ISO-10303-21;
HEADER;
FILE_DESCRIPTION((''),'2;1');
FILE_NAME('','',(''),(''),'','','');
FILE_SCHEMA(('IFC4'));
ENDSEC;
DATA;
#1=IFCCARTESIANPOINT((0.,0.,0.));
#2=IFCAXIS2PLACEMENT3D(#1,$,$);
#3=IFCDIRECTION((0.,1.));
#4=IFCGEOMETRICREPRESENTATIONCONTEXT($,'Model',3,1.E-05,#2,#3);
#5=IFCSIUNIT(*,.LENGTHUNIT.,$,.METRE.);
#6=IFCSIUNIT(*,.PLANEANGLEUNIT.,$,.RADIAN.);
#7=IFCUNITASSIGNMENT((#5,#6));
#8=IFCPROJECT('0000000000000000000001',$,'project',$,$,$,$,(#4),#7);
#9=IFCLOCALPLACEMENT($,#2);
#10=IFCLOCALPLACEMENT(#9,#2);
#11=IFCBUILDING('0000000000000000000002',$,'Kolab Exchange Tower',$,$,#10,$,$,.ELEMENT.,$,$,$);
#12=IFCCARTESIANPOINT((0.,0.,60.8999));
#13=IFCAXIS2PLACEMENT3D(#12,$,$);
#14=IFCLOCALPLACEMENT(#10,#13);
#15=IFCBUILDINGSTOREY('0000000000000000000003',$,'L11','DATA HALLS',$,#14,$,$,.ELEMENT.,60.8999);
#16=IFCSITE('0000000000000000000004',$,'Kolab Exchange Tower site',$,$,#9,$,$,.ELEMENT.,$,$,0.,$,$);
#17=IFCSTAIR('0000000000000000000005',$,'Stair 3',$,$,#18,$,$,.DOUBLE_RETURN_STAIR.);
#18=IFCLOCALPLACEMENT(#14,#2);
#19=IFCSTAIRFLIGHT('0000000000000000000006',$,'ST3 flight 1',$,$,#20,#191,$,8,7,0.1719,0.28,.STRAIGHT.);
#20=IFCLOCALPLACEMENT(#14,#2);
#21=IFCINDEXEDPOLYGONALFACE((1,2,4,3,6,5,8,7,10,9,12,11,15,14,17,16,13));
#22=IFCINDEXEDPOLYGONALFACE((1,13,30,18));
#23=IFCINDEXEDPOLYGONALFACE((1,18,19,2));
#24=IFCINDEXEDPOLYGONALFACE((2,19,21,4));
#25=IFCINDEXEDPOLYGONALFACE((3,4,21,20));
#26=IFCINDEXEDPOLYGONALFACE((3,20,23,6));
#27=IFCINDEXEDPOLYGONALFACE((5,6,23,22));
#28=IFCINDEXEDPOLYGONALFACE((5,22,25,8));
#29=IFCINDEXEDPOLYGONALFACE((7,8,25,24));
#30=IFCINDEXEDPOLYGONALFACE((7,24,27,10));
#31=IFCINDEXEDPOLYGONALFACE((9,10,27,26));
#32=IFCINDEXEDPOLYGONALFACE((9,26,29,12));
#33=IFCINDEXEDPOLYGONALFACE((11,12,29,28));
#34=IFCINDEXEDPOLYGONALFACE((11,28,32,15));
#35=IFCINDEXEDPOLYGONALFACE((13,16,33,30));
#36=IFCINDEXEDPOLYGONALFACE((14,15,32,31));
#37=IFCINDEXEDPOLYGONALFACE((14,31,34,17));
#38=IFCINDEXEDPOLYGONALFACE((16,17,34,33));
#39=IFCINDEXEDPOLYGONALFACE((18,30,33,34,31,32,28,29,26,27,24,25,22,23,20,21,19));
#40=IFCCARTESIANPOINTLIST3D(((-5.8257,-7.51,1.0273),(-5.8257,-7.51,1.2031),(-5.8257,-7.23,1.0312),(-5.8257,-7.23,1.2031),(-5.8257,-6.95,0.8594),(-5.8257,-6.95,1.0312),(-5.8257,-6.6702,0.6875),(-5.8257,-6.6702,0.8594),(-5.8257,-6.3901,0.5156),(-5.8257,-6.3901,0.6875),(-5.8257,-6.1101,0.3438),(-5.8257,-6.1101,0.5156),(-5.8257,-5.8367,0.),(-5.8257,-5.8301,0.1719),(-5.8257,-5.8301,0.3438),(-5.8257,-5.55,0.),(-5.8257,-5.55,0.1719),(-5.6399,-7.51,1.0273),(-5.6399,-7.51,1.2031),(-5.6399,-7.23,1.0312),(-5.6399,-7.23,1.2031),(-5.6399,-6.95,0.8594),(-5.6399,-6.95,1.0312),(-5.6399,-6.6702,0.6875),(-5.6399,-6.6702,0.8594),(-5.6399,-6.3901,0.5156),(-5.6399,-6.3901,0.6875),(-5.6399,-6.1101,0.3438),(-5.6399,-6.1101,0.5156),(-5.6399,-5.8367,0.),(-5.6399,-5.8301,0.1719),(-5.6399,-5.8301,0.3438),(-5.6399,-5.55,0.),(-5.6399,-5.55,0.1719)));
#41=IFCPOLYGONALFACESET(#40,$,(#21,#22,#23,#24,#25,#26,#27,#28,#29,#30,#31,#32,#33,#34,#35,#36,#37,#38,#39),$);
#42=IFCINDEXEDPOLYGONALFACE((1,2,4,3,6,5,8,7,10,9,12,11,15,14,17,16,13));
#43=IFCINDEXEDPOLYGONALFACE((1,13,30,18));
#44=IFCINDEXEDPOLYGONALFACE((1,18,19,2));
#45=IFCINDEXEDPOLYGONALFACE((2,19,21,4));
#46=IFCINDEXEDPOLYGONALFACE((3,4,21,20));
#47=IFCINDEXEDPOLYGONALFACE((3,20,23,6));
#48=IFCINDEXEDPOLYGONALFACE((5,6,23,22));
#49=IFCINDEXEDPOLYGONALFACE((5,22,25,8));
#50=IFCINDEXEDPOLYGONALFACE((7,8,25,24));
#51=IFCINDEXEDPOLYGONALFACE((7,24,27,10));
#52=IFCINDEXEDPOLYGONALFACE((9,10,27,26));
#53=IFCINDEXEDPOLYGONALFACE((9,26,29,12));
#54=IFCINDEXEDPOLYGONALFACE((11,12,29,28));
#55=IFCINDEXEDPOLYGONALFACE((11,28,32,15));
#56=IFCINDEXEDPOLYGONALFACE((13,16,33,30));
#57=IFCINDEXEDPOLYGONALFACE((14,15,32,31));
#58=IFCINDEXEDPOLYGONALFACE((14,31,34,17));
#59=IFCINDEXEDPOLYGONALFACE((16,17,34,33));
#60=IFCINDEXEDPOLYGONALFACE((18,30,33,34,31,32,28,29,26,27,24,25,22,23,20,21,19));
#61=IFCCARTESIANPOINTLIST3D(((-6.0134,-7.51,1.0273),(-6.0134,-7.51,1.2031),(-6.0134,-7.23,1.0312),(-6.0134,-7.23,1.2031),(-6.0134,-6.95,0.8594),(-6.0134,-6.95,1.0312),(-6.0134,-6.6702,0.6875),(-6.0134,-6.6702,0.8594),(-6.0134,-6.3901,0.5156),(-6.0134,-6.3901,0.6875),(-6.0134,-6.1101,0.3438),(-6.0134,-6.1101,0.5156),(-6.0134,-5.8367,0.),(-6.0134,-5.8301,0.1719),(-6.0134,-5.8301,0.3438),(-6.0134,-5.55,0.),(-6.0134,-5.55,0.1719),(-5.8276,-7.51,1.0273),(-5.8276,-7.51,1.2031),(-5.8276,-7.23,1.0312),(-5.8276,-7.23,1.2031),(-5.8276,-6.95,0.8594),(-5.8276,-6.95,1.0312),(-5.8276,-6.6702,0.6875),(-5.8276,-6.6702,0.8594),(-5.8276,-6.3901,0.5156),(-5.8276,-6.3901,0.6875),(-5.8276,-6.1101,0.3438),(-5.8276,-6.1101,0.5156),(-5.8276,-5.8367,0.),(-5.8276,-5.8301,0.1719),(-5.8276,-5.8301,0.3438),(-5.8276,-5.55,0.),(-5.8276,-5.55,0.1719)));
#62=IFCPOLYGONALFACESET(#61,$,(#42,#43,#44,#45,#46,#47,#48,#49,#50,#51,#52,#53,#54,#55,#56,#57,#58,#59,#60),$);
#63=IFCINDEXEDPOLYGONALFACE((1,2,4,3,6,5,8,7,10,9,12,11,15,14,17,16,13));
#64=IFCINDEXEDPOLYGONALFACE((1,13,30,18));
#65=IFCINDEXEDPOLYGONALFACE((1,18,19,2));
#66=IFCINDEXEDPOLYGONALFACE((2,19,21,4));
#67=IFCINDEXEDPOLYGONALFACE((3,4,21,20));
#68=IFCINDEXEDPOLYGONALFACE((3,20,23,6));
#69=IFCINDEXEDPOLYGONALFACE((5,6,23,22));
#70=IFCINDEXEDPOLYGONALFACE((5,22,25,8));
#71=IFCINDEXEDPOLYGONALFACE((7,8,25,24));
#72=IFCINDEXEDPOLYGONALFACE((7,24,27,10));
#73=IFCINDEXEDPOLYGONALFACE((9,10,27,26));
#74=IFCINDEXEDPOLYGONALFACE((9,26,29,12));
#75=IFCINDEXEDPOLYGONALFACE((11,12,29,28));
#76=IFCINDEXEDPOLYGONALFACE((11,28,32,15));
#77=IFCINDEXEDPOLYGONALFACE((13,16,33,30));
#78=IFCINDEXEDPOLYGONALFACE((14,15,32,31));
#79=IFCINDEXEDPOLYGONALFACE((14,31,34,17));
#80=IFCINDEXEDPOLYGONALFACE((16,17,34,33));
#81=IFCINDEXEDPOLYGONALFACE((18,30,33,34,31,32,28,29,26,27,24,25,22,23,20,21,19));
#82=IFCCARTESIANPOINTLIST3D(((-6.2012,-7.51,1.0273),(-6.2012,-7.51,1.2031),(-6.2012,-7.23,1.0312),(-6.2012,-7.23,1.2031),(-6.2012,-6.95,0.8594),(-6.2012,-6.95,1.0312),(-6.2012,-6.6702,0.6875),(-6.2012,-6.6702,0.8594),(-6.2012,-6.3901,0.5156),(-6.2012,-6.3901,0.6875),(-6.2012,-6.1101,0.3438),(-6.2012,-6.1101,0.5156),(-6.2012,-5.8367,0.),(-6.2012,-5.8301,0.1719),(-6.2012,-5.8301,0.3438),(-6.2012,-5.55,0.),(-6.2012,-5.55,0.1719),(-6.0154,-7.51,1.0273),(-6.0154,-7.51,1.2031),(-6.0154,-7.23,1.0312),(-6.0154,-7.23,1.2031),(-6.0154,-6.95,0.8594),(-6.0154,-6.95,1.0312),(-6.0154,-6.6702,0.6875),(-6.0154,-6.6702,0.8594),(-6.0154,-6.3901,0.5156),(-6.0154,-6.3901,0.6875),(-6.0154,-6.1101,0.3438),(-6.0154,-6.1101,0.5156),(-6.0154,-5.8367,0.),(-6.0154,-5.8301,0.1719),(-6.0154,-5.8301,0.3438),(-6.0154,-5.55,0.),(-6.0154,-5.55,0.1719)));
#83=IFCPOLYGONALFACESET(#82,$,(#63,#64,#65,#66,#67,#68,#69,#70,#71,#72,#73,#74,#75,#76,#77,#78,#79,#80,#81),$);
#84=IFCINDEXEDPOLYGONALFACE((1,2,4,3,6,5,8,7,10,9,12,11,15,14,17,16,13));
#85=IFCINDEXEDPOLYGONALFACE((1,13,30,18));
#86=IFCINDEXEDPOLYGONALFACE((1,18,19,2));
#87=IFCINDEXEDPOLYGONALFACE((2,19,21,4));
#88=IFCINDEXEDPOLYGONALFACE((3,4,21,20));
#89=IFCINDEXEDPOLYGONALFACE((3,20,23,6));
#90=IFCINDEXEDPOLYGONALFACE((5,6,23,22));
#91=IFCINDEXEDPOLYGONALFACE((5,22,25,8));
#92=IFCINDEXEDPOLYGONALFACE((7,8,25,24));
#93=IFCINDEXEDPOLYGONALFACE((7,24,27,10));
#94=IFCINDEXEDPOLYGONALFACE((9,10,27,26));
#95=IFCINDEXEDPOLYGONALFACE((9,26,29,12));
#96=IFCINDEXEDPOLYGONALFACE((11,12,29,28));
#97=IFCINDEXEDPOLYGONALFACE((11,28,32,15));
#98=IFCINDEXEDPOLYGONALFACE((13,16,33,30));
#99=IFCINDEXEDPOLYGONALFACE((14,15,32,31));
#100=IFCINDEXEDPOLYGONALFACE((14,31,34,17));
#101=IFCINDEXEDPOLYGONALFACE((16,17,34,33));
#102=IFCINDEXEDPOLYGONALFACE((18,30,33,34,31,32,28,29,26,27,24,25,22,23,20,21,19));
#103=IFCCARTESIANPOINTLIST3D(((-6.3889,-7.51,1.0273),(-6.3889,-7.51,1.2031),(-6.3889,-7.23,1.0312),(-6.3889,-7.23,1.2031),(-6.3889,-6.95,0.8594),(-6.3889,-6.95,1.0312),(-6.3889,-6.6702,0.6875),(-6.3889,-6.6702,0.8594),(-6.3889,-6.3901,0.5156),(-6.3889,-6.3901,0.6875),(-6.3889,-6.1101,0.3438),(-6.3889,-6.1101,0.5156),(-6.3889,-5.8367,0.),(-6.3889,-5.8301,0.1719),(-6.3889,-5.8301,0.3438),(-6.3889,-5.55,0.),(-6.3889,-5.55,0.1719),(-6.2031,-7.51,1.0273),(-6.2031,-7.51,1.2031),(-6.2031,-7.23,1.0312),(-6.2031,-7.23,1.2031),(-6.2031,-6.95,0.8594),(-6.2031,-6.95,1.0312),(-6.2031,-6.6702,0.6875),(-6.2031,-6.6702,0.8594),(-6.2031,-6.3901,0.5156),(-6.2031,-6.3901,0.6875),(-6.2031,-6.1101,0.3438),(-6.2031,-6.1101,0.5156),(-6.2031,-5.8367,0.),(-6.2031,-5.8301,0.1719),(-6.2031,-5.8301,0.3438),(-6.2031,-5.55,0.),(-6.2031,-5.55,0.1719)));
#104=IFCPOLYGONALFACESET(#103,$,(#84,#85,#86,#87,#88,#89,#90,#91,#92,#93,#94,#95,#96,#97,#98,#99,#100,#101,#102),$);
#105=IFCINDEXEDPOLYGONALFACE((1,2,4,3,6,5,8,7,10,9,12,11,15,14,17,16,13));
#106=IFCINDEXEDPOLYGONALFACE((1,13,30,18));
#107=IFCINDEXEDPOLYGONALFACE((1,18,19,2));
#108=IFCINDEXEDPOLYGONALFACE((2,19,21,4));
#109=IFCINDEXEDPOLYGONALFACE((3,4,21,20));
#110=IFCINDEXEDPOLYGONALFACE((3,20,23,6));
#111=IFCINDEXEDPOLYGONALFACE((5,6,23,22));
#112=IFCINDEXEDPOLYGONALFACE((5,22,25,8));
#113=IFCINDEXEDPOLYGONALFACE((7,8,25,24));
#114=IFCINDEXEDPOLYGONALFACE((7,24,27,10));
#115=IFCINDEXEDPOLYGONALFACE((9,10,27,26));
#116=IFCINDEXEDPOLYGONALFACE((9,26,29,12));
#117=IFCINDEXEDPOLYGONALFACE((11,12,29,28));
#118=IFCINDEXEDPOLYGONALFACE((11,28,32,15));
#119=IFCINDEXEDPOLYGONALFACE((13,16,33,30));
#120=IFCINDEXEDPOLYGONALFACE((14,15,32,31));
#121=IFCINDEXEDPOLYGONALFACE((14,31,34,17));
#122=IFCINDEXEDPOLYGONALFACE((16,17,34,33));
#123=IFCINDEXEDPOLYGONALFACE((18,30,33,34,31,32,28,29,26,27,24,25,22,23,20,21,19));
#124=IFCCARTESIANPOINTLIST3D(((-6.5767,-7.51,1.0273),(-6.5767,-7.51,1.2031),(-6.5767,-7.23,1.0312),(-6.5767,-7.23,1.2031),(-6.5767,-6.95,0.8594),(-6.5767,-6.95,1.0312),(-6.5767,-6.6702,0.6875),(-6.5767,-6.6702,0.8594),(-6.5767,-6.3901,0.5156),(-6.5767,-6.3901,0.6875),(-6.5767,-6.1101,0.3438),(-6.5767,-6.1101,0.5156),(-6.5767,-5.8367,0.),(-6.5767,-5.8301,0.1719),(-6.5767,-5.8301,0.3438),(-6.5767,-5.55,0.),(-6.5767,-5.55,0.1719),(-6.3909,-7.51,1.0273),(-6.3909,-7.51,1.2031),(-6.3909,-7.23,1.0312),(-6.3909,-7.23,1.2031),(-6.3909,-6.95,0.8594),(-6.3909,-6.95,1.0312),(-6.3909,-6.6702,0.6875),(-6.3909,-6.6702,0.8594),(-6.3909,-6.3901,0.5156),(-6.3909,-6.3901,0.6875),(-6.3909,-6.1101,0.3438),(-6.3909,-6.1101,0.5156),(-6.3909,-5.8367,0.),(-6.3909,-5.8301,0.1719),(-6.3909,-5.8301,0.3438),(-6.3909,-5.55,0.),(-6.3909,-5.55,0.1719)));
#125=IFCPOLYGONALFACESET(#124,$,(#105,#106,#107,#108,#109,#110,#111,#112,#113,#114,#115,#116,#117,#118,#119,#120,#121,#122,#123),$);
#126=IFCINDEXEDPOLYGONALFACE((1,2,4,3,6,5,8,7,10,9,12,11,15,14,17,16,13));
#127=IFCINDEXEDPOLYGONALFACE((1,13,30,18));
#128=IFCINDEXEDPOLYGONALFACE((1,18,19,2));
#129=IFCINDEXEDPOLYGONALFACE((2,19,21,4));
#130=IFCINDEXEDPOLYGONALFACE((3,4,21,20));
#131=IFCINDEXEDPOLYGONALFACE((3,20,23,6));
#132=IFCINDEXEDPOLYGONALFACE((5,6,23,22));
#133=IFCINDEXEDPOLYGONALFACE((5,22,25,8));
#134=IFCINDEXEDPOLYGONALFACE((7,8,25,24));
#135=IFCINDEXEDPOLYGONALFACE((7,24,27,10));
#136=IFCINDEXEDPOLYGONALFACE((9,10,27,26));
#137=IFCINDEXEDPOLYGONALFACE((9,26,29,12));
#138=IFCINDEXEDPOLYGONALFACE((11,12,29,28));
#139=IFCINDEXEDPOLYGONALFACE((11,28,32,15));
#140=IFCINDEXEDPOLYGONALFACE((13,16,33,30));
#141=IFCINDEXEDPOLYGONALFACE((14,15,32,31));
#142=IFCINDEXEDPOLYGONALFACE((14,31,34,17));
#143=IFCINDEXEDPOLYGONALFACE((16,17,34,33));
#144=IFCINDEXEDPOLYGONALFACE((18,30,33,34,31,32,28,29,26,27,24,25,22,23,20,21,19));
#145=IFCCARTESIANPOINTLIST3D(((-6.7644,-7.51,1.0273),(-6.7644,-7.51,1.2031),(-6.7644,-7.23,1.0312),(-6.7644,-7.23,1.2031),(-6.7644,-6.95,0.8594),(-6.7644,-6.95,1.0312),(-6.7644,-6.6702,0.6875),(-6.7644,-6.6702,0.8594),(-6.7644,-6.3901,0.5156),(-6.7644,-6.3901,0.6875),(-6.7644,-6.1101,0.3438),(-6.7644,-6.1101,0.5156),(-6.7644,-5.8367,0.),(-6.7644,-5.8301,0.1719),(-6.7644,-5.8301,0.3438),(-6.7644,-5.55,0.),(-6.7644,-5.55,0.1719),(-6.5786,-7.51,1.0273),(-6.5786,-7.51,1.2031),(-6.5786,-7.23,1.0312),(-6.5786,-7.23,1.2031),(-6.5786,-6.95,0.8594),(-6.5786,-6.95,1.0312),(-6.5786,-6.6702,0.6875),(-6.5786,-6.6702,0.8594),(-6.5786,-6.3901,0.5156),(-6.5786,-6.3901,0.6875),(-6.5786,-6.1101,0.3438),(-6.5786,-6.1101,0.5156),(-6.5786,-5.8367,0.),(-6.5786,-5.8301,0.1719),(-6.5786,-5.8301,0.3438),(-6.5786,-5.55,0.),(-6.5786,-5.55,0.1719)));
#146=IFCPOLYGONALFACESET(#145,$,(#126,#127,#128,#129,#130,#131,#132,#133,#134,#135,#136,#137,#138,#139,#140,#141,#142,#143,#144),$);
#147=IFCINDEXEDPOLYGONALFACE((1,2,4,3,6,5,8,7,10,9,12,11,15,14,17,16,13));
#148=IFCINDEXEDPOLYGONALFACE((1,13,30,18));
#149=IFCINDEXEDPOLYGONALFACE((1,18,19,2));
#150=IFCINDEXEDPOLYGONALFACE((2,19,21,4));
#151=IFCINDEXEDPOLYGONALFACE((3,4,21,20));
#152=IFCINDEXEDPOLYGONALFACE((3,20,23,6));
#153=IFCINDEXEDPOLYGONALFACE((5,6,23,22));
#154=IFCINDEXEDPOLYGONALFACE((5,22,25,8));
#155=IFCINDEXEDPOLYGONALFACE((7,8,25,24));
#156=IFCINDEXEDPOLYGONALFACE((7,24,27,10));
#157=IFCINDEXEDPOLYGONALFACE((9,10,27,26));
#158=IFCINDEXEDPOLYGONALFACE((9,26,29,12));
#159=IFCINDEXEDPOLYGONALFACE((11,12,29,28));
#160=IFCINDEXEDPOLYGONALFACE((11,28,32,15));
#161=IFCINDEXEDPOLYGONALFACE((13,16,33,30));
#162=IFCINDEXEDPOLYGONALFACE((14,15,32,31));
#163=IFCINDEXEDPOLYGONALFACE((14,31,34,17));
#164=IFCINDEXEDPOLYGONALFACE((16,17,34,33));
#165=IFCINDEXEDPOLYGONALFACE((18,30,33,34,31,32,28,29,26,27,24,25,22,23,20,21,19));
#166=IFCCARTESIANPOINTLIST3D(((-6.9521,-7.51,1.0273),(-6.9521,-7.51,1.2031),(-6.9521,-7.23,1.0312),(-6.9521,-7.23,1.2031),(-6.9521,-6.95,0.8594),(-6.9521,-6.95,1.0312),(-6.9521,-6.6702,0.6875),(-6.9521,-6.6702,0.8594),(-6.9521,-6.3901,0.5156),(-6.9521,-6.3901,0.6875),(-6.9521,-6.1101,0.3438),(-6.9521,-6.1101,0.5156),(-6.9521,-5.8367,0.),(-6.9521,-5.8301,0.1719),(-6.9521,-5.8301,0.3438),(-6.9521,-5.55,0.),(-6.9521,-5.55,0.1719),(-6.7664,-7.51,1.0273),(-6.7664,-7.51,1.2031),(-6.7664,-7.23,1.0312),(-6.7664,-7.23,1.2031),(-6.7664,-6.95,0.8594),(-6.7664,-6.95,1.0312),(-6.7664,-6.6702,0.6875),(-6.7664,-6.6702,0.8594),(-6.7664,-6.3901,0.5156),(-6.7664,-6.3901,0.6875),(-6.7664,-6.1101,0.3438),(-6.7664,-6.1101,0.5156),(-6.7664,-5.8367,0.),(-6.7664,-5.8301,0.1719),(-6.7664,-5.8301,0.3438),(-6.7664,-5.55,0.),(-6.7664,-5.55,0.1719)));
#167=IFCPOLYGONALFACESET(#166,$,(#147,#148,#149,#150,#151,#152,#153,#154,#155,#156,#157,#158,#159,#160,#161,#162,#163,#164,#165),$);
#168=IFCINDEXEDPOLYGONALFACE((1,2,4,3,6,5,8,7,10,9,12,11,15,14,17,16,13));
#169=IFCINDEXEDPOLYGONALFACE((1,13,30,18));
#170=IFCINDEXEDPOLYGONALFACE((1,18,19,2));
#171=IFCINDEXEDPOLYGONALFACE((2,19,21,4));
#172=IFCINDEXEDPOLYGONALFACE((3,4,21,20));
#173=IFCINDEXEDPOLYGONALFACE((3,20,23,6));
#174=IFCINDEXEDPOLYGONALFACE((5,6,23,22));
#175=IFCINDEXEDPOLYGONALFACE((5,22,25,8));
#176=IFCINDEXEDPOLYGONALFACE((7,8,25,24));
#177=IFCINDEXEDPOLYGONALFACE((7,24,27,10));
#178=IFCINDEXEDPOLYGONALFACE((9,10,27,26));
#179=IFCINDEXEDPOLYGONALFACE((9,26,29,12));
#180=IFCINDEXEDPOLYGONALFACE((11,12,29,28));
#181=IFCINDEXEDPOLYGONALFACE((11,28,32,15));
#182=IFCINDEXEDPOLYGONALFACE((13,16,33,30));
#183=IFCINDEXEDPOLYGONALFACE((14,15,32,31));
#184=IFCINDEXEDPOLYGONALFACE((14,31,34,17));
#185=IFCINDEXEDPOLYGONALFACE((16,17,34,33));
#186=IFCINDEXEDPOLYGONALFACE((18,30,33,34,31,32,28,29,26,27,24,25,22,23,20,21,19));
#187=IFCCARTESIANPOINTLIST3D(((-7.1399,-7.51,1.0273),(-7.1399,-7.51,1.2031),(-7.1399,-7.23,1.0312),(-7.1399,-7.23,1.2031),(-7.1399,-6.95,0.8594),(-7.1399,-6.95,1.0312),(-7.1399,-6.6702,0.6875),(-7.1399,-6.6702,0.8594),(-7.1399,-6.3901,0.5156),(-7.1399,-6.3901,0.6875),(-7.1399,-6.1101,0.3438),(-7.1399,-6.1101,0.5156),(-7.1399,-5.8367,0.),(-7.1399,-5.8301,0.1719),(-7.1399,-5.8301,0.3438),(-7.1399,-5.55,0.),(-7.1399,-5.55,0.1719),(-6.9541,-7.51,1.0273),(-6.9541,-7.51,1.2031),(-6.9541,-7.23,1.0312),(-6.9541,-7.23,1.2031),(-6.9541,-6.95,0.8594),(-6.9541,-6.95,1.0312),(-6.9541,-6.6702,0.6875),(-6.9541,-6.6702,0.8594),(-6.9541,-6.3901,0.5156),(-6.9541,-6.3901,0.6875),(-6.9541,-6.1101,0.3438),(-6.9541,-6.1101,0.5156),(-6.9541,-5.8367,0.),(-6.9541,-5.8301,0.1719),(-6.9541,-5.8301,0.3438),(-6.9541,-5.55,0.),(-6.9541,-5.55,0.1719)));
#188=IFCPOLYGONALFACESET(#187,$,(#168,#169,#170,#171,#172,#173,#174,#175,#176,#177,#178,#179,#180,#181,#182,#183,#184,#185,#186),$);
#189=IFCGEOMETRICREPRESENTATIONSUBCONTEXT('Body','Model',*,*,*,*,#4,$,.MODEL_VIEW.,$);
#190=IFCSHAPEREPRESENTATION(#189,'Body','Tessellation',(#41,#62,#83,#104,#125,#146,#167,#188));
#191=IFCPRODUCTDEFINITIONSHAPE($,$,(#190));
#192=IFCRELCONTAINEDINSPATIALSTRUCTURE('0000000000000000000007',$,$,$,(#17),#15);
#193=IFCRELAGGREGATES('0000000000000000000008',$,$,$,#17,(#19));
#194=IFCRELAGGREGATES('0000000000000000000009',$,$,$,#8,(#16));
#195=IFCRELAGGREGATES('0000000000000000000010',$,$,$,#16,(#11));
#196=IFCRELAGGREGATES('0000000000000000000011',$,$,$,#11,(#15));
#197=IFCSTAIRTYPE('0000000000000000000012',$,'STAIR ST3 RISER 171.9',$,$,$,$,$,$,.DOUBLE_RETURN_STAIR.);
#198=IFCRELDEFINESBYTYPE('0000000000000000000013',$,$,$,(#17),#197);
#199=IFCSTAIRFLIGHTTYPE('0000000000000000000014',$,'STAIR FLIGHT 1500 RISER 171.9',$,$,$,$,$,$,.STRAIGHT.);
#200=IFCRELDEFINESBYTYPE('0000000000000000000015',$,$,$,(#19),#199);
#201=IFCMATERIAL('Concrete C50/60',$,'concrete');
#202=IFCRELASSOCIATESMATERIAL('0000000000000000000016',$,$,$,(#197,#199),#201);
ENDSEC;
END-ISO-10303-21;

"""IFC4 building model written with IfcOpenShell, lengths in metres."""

from ifc_helpers import new_model, si_unit, direction, frame, origin, place, context, subcontext, project, spatial, polyline, outline, extrude, material, type_object, element, aggregate, save


model = new_model("IFC4")

# Units and contexts
model_context = context("Model", 3, precision=1e-05, world=origin(), true_north=direction((0.0, 1.0)))
body_context = subcontext(model_context, "Body", "Model", "MODEL_VIEW")
ifc_project = project(units=[si_unit("LENGTHUNIT", "METRE"), si_unit("PLANEANGLEUNIT", "RADIAN")], contexts=[model_context])

# Site, building, storey
site_placement = place(None, origin())
site = spatial("IfcSite", under=ifc_project, at=site_placement, Name="Kolab Exchange Tower site", CompositionType="ELEMENT", RefElevation=0.0)
building_placement = place(site_placement, origin())
building = spatial("IfcBuilding", under=site, at=building_placement, Name="Kolab Exchange Tower", CompositionType="ELEMENT")
storey_placement = place(building_placement, frame((0.0, 0.0, 60.8999)))
storey = spatial("IfcBuildingStorey", under=building, at=storey_placement, Name="L11", Description="DATA HALLS", CompositionType="ELEMENT", Elevation=60.8999)

# Shared definitions
ifc_material_1 = material(Name="Concrete C50/60", Category="concrete")

# Stair, stair flight
stair_type = type_object("IfcStairType", Name="STAIR ST3 RISER 171.9", PredefinedType="DOUBLE_RETURN_STAIR", material=ifc_material_1)
stair_placement = place(storey_placement, origin())
stair = element("IfcStair", 1, at=stair_placement, inside=storey, type_object=stair_type, Name="Stair 3", PredefinedType="DOUBLE_RETURN_STAIR")
stair_flight_type = type_object("IfcStairFlightType", Name="STAIR FLIGHT 1500 RISER 171.9", PredefinedType="STRAIGHT", material=ifc_material_1)
stair_flight_1_placement = place(storey_placement, frame((-6.3899, -5.55, 0.0), z_axis=(0.0, 0.0, 1.0), x_axis=(0.0, -1.0, 0.0)))
stair_flight_1 = element("IfcStairFlight", 2, at=stair_flight_1_placement, type_object=stair_flight_type, Name="ST3 flight 1", NumberOfRisers=8, NumberOfTreads=7, PredefinedType="STRAIGHT", RiserHeight=0.1719, TreadLength=0.28, context=body_context, shape_type="SweptSolid", body=[
    extrude(outline(polyline([(0.0, 0.0), (0.0, 0.1719), (0.28, 0.1719), (0.28, 0.3438), (0.5601, 0.3438), (0.5601, 0.5156), (0.8401, 0.5156), (0.8401, 0.6875), (1.1201, 0.6875), (1.1201, 0.8594), (1.3999, 0.8594), (1.3999, 1.0312), (1.6799, 1.0312), (1.6799, 1.2031), (1.96, 1.2031), (1.96, 1.375), (1.96, 1.0273), (0.2866, 0.0), (0.0, 0.0)])), frame((0.0, 0.75, 0.0), z_axis=(0.0, -1.0, 0.0), x_axis=(1.0, 0.0, 0.0)), (0.0, 0.0, 1.0), 0.1858),
    extrude(outline(polyline([(0.0, 0.0), (0.0, 0.1719), (0.28, 0.1719), (0.28, 0.3438), (0.5601, 0.3438), (0.5601, 0.5156), (0.8401, 0.5156), (0.8401, 0.6875), (1.1201, 0.6875), (1.1201, 0.8594), (1.3999, 0.8594), (1.3999, 1.0312), (1.6799, 1.0312), (1.6799, 1.2031), (1.96, 1.2031), (1.96, 1.375), (1.96, 1.0273), (0.2866, 0.0), (0.0, 0.0)])), frame((0.0, 0.5623, 0.0), z_axis=(0.0, -1.0, 0.0), x_axis=(1.0, 0.0, 0.0)), (0.0, 0.0, 1.0), 0.1858),
    extrude(outline(polyline([(0.0, 0.0), (0.0, 0.1719), (0.28, 0.1719), (0.28, 0.3438), (0.5601, 0.3438), (0.5601, 0.5156), (0.8401, 0.5156), (0.8401, 0.6875), (1.1201, 0.6875), (1.1201, 0.8594), (1.3999, 0.8594), (1.3999, 1.0312), (1.6799, 1.0312), (1.6799, 1.2031), (1.96, 1.2031), (1.96, 1.375), (1.96, 1.0273), (0.2866, 0.0), (0.0, 0.0)])), frame((0.0, 0.3745, 0.0), z_axis=(0.0, -1.0, 0.0), x_axis=(1.0, 0.0, 0.0)), (0.0, 0.0, 1.0), 0.1858),
    extrude(outline(polyline([(0.0, 0.0), (0.0, 0.1719), (0.28, 0.1719), (0.28, 0.3438), (0.5601, 0.3438), (0.5601, 0.5156), (0.8401, 0.5156), (0.8401, 0.6875), (1.1201, 0.6875), (1.1201, 0.8594), (1.3999, 0.8594), (1.3999, 1.0312), (1.6799, 1.0312), (1.6799, 1.2031), (1.96, 1.2031), (1.96, 1.375), (1.96, 1.0273), (0.2866, 0.0), (0.0, 0.0)])), frame((0.0, 0.1868, 0.0), z_axis=(0.0, -1.0, 0.0), x_axis=(1.0, 0.0, 0.0)), (0.0, 0.0, 1.0), 0.1858),
    extrude(outline(polyline([(0.0, 0.0), (0.0, 0.1719), (0.28, 0.1719), (0.28, 0.3438), (0.5601, 0.3438), (0.5601, 0.5156), (0.8401, 0.5156), (0.8401, 0.6875), (1.1201, 0.6875), (1.1201, 0.8594), (1.3999, 0.8594), (1.3999, 1.0312), (1.6799, 1.0312), (1.6799, 1.2031), (1.96, 1.2031), (1.96, 1.375), (1.96, 1.0273), (0.2866, 0.0), (0.0, 0.0)])), frame((0.0, -0.001, 0.0), z_axis=(0.0, -1.0, 0.0), x_axis=(1.0, 0.0, 0.0)), (0.0, 0.0, 1.0), 0.1858),
    extrude(outline(polyline([(0.0, 0.0), (0.0, 0.1719), (0.28, 0.1719), (0.28, 0.3438), (0.5601, 0.3438), (0.5601, 0.5156), (0.8401, 0.5156), (0.8401, 0.6875), (1.1201, 0.6875), (1.1201, 0.8594), (1.3999, 0.8594), (1.3999, 1.0312), (1.6799, 1.0312), (1.6799, 1.2031), (1.96, 1.2031), (1.96, 1.375), (1.96, 1.0273), (0.2866, 0.0), (0.0, 0.0)])), frame((0.0, -0.1887, 0.0), z_axis=(0.0, -1.0, 0.0), x_axis=(1.0, 0.0, 0.0)), (0.0, 0.0, 1.0), 0.1858),
    extrude(outline(polyline([(0.0, 0.0), (0.0, 0.1719), (0.28, 0.1719), (0.28, 0.3438), (0.5601, 0.3438), (0.5601, 0.5156), (0.8401, 0.5156), (0.8401, 0.6875), (1.1201, 0.6875), (1.1201, 0.8594), (1.3999, 0.8594), (1.3999, 1.0312), (1.6799, 1.0312), (1.6799, 1.2031), (1.96, 1.2031), (1.96, 1.375), (1.96, 1.0273), (0.2866, 0.0), (0.0, 0.0)])), frame((0.0, -0.3765, 0.0), z_axis=(0.0, -1.0, 0.0), x_axis=(1.0, 0.0, 0.0)), (0.0, 0.0, 1.0), 0.1858),
    extrude(outline(polyline([(0.0, 0.0), (0.0, 0.1719), (0.28, 0.1719), (0.28, 0.3438), (0.5601, 0.3438), (0.5601, 0.5156), (0.8401, 0.5156), (0.8401, 0.6875), (1.1201, 0.6875), (1.1201, 0.8594), (1.3999, 0.8594), (1.3999, 1.0312), (1.6799, 1.0312), (1.6799, 1.2031), (1.96, 1.2031), (1.96, 1.375), (1.96, 1.0273), (0.2866, 0.0), (0.0, 0.0)])), frame((0.0, -0.5642, 0.0), z_axis=(0.0, -1.0, 0.0), x_axis=(1.0, 0.0, 0.0)), (0.0, 0.0, 1.0), 0.1858),
])
aggregate(stair, [stair_flight_1])

save(model, "model.ifc")
